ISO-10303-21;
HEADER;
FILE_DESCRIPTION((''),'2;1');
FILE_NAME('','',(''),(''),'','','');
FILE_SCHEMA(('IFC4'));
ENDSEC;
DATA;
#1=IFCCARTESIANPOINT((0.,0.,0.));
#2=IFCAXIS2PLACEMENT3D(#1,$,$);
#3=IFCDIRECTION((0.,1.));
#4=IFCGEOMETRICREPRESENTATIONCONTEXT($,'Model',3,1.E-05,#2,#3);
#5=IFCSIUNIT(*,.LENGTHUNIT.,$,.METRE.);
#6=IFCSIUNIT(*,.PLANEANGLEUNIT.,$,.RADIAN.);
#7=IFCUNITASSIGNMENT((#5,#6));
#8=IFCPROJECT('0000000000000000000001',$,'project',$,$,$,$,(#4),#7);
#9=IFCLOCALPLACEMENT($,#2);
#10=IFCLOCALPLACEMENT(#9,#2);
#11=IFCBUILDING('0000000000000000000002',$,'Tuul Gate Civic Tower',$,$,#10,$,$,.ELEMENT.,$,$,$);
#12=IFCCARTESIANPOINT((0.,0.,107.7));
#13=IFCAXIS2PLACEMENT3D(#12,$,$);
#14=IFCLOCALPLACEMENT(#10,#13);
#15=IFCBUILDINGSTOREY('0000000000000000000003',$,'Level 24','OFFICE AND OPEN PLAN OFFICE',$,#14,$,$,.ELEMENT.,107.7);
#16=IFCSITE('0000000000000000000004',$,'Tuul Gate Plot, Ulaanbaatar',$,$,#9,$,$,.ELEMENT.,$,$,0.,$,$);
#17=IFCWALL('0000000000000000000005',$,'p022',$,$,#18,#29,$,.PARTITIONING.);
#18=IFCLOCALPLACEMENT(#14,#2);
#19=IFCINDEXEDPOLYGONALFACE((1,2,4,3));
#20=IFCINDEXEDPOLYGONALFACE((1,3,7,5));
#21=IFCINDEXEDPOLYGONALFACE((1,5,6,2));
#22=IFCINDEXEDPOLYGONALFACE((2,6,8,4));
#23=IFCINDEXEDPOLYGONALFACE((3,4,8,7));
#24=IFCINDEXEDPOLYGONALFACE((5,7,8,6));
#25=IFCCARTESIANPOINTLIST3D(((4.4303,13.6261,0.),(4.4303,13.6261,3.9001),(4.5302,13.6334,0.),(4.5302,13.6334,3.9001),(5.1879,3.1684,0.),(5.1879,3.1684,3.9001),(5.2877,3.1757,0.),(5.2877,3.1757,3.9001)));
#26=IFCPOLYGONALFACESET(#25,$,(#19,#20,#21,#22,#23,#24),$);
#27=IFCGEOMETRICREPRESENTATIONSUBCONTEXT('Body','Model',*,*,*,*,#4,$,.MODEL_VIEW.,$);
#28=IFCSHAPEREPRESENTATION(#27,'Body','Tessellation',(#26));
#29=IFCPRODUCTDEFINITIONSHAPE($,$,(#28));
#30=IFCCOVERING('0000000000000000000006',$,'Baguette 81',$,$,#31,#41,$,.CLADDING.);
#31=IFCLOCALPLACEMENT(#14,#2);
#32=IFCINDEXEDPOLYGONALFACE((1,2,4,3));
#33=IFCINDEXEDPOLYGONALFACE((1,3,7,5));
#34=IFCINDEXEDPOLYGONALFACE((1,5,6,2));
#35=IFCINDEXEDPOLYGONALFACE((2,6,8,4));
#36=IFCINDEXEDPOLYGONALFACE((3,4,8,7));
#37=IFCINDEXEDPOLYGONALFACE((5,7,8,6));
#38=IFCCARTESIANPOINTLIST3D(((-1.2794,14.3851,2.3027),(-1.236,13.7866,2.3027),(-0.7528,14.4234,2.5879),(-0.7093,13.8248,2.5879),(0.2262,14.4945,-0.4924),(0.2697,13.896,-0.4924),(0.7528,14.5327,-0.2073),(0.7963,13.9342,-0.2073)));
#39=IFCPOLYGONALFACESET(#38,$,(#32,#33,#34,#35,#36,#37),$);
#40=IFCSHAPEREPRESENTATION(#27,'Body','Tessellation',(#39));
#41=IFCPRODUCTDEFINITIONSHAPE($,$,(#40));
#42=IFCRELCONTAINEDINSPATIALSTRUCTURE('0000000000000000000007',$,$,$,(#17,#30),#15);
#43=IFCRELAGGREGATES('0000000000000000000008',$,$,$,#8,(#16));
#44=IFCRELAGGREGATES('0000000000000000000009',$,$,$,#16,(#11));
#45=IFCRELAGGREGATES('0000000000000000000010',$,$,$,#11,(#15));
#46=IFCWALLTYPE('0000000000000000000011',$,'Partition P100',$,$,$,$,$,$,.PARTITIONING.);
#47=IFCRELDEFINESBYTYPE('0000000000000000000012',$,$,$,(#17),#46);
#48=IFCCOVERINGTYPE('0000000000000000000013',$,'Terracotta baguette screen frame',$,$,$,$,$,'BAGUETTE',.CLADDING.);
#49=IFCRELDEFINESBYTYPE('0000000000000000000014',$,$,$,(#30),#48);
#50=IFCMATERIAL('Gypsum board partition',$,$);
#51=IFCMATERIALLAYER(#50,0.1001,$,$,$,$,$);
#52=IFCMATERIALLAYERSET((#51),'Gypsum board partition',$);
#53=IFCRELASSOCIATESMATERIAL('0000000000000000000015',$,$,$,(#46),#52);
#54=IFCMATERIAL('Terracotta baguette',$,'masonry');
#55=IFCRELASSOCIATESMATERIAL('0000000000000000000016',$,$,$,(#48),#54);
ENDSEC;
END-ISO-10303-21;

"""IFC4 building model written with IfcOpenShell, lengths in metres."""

from ifc_helpers import new_model, si_unit, direction, frame, frame_2d, origin, origin_2d, place, context, subcontext, project, spatial, rectangle, extrude, material, layer, layer_set, material_profile, profile_set, type_object, element, save


model = new_model("IFC4")

# Units and contexts
model_context = context("Model", 3, precision=1e-05, world=origin(), true_north=direction((0.0, 1.0)))
body_context = subcontext(model_context, "Body", "Model", "MODEL_VIEW")
ifc_project = project(units=[si_unit("LENGTHUNIT", "METRE"), si_unit("PLANEANGLEUNIT", "RADIAN")], contexts=[model_context])

# Site, building, storey
site_placement = place(None, origin())
site = spatial("IfcSite", under=ifc_project, at=site_placement, Name="Tuul Gate Plot, Ulaanbaatar", CompositionType="ELEMENT", RefElevation=0.0)
building_placement = place(site_placement, origin())
building = spatial("IfcBuilding", under=site, at=building_placement, Name="Tuul Gate Civic Tower", CompositionType="ELEMENT")
storey_placement = place(building_placement, frame((0.0, 0.0, 107.7)))
storey = spatial("IfcBuildingStorey", under=building, at=storey_placement, Name="Level 24", Description="OFFICE AND OPEN PLAN OFFICE", CompositionType="ELEMENT", Elevation=107.7)

# Wall
ifc_material_1 = material(Name="Gypsum board partition")
ifc_layer_1 = layer(ifc_material_1, 0.1001)
ifc_layer_set_1 = layer_set([ifc_layer_1], Name="Gypsum board partition")
wall_type_1 = type_object("IfcWallType", Name="Partition P100", PredefinedType="PARTITIONING", material=ifc_layer_set_1)
wall_1_placement = place(storey_placement, frame((4.4802, 13.6299, 0.0), z_axis=(0.0, 0.0, 1.0), x_axis=(0.072251, -0.997386, 0.0)))
element("IfcWall", 1, at=wall_1_placement, inside=storey, type_object=wall_type_1, Name="p022", PredefinedType="PARTITIONING", context=body_context, shape_type="SweptSolid", body=[
    extrude(rectangle(XDim=10.4851, YDim=0.1001, at=frame_2d((5.2427, 0.0))), origin(), (0.0, 0.0, 1.0), 3.9001),
])

# Covering
ifc_material_2 = material(Name="Terracotta baguette", Category="masonry")
ifc_material_profile_1 = material_profile(ifc_material_2, rectangle(XDim=0.6001, YDim=0.6001, at=origin_2d()), Name="Terracotta baguette screen frame")
ifc_profile_set_1 = profile_set([ifc_material_profile_1], Name="Terracotta baguette")
covering_type = type_object("IfcCoveringType", Name="Terracotta baguette screen frame", ElementType="BAGUETTE", PredefinedType="CLADDING", material=ifc_profile_set_1)
covering_placement = place(storey_placement, frame((0.5112, 14.2144, -0.3499), z_axis=(-0.473947, -0.03443, 0.87988), x_axis=(0.072454, -0.997372, 0.0)))
element("IfcCovering", 2, at=covering_placement, inside=storey, type_object=covering_type, Name="Baguette 81", PredefinedType="CLADDING", context=body_context, shape_type="SweptSolid", body=[
    extrude(rectangle(XDim=0.6001, YDim=0.6001, at=origin_2d()), origin(), (0.0, 0.0, 1.0), 3.1768),
])

save(model, "model.ifc")
